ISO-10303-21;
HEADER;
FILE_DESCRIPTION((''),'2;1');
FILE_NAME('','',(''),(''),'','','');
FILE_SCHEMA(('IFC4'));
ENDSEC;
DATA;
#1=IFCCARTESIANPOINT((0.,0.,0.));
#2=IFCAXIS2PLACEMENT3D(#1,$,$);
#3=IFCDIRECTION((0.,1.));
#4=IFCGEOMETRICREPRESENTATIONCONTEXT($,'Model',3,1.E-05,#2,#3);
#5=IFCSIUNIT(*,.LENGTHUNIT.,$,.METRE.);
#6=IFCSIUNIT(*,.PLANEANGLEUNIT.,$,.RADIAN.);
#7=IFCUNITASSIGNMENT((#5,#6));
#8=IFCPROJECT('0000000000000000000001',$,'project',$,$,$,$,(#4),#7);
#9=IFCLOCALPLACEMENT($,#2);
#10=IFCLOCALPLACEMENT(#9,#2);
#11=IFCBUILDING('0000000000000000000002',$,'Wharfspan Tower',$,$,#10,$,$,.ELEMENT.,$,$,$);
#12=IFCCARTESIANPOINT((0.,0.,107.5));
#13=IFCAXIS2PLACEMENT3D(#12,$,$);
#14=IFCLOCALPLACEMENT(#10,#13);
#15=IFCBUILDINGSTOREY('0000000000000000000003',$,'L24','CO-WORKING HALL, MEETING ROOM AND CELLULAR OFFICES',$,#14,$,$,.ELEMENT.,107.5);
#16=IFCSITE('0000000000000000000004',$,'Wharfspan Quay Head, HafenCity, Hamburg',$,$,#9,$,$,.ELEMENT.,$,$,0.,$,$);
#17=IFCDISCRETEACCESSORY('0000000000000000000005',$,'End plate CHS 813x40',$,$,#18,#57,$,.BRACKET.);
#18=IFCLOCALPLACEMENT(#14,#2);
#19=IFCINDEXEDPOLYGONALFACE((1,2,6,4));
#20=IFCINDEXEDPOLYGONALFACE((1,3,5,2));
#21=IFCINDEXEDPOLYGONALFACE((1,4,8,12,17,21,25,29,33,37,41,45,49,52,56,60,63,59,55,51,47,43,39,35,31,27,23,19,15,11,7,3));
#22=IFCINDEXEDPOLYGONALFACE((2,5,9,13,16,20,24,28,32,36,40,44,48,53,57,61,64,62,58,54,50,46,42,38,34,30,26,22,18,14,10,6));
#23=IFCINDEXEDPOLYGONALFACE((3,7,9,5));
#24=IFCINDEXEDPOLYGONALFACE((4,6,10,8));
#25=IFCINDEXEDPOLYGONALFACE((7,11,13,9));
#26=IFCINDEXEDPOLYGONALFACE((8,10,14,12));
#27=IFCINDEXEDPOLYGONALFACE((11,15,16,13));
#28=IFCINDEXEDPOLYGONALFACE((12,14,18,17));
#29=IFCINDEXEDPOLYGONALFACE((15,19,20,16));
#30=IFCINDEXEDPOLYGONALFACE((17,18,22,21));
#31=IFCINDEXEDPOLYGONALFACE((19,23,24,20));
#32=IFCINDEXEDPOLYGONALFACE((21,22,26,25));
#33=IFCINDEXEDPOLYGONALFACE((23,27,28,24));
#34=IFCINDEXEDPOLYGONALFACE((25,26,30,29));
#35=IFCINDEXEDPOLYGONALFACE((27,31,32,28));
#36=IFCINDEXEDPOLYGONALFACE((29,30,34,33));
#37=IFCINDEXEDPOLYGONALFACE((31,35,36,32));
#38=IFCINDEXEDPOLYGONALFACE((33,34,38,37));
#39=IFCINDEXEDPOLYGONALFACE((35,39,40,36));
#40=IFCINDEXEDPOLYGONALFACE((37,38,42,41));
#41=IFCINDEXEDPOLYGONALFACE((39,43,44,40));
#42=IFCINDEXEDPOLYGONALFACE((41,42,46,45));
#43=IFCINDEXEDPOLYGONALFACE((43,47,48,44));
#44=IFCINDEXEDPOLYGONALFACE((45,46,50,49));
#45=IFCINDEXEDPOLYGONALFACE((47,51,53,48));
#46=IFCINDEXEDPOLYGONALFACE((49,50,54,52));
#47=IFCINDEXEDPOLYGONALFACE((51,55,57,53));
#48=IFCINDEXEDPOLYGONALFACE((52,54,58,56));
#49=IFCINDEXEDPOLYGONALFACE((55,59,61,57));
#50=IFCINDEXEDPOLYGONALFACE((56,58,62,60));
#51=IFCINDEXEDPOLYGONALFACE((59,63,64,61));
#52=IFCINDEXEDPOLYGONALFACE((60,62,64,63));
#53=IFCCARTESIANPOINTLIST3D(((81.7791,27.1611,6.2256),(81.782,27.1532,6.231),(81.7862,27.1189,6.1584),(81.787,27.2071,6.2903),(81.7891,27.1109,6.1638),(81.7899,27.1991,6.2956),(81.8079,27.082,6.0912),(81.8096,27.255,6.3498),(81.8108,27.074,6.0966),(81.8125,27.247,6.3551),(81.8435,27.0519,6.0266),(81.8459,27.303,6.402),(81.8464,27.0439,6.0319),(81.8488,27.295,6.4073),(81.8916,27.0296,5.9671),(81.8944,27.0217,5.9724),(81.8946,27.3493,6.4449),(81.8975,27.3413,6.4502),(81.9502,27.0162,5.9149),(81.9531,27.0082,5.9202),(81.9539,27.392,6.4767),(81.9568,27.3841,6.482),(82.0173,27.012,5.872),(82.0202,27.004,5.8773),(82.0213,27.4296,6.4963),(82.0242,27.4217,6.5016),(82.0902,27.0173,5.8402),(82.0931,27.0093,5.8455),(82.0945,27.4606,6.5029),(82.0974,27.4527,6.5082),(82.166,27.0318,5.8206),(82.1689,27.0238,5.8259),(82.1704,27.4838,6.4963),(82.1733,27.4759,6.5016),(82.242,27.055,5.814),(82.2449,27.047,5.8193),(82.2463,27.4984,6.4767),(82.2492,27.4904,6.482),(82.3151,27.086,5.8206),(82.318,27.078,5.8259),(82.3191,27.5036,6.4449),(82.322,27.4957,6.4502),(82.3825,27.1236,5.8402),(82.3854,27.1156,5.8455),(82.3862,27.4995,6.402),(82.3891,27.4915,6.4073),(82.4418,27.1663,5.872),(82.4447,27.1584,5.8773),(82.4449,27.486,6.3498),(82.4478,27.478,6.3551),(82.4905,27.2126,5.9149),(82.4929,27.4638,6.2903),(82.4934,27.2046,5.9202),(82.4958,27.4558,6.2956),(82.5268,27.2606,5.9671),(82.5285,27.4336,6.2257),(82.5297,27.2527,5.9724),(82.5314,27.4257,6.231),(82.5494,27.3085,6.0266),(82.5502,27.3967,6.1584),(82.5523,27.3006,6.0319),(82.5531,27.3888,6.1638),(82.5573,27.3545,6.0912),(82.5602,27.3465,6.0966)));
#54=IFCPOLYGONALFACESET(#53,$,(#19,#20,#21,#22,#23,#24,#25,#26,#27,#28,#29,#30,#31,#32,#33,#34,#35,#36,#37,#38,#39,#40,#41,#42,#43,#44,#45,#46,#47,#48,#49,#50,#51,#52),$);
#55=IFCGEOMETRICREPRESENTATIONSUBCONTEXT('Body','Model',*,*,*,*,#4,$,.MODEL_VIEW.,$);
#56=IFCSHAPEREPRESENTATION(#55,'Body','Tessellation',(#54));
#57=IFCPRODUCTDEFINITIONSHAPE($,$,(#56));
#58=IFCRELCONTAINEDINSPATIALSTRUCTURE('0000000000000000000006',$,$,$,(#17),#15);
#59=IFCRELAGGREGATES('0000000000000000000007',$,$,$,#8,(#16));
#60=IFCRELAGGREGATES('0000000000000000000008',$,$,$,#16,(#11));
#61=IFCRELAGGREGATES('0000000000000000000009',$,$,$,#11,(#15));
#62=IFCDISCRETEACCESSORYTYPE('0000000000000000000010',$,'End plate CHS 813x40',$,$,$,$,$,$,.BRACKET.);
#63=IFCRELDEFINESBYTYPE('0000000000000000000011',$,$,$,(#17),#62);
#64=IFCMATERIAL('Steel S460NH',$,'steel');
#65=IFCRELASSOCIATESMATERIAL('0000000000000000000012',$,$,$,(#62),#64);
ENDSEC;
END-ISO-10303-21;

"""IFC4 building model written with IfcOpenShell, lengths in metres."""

from ifc_helpers import new_model, si_unit, direction, frame, origin, origin_2d, place, context, subcontext, project, spatial, circle, extrude, material, material_profile, profile_set, type_object, element, save


model = new_model("IFC4")

# Units and contexts
model_context = context("Model", 3, precision=1e-05, world=origin(), true_north=direction((0.0, 1.0)))
body_context = subcontext(model_context, "Body", "Model", "MODEL_VIEW")
ifc_project = project(units=[si_unit("LENGTHUNIT", "METRE"), si_unit("PLANEANGLEUNIT", "RADIAN")], contexts=[model_context])

# Site, building, storey
site_placement = place(None, origin())
site = spatial("IfcSite", under=ifc_project, at=site_placement, Name="Wharfspan Quay Head, HafenCity, Hamburg", CompositionType="ELEMENT", RefElevation=0.0)
building_placement = place(site_placement, origin())
building = spatial("IfcBuilding", under=site, at=building_placement, Name="Wharfspan Tower", CompositionType="ELEMENT")
storey_placement = place(building_placement, frame((0.0, 0.0, 107.5)))
storey = spatial("IfcBuildingStorey", under=building, at=storey_placement, Name="L24", Description="CO-WORKING HALL, MEETING ROOM AND CELLULAR OFFICES", CompositionType="ELEMENT", Elevation=107.5)

# Shared definitions
ifc_material_1 = material(Name="Steel S460NH", Category="steel")

# Discrete accessory
ifc_material_profile_1 = material_profile(ifc_material_1, circle(Radius=0.4065, at=origin_2d()))
ifc_profile_set_1 = profile_set([ifc_material_profile_1], Name="Steel S460NH")
discrete_accessory_type = type_object("IfcDiscreteAccessoryType", Name="End plate CHS 813x40", PredefinedType="BRACKET", material=ifc_profile_set_1)
for number, where, z_axis, x_axis, name in (
    (1, (82.1682, 27.2578, 6.1584), (0.289598, -0.796395, 0.53093), (0.939792, 0.341743, 0.000001), "End plate CHS 813x40"),
):
    element("IfcDiscreteAccessory", number, at=place(storey_placement, frame(where, z_axis=z_axis, x_axis=x_axis)), inside=storey, type_object=discrete_accessory_type, Name=name, PredefinedType="BRACKET", context=body_context, shape_type="SweptSolid", body=[
        extrude(circle(Radius=0.4065, at=origin_2d()), origin(), (0.0, 0.0, 1.0), 0.01),
    ])

save(model, "model.ifc")
